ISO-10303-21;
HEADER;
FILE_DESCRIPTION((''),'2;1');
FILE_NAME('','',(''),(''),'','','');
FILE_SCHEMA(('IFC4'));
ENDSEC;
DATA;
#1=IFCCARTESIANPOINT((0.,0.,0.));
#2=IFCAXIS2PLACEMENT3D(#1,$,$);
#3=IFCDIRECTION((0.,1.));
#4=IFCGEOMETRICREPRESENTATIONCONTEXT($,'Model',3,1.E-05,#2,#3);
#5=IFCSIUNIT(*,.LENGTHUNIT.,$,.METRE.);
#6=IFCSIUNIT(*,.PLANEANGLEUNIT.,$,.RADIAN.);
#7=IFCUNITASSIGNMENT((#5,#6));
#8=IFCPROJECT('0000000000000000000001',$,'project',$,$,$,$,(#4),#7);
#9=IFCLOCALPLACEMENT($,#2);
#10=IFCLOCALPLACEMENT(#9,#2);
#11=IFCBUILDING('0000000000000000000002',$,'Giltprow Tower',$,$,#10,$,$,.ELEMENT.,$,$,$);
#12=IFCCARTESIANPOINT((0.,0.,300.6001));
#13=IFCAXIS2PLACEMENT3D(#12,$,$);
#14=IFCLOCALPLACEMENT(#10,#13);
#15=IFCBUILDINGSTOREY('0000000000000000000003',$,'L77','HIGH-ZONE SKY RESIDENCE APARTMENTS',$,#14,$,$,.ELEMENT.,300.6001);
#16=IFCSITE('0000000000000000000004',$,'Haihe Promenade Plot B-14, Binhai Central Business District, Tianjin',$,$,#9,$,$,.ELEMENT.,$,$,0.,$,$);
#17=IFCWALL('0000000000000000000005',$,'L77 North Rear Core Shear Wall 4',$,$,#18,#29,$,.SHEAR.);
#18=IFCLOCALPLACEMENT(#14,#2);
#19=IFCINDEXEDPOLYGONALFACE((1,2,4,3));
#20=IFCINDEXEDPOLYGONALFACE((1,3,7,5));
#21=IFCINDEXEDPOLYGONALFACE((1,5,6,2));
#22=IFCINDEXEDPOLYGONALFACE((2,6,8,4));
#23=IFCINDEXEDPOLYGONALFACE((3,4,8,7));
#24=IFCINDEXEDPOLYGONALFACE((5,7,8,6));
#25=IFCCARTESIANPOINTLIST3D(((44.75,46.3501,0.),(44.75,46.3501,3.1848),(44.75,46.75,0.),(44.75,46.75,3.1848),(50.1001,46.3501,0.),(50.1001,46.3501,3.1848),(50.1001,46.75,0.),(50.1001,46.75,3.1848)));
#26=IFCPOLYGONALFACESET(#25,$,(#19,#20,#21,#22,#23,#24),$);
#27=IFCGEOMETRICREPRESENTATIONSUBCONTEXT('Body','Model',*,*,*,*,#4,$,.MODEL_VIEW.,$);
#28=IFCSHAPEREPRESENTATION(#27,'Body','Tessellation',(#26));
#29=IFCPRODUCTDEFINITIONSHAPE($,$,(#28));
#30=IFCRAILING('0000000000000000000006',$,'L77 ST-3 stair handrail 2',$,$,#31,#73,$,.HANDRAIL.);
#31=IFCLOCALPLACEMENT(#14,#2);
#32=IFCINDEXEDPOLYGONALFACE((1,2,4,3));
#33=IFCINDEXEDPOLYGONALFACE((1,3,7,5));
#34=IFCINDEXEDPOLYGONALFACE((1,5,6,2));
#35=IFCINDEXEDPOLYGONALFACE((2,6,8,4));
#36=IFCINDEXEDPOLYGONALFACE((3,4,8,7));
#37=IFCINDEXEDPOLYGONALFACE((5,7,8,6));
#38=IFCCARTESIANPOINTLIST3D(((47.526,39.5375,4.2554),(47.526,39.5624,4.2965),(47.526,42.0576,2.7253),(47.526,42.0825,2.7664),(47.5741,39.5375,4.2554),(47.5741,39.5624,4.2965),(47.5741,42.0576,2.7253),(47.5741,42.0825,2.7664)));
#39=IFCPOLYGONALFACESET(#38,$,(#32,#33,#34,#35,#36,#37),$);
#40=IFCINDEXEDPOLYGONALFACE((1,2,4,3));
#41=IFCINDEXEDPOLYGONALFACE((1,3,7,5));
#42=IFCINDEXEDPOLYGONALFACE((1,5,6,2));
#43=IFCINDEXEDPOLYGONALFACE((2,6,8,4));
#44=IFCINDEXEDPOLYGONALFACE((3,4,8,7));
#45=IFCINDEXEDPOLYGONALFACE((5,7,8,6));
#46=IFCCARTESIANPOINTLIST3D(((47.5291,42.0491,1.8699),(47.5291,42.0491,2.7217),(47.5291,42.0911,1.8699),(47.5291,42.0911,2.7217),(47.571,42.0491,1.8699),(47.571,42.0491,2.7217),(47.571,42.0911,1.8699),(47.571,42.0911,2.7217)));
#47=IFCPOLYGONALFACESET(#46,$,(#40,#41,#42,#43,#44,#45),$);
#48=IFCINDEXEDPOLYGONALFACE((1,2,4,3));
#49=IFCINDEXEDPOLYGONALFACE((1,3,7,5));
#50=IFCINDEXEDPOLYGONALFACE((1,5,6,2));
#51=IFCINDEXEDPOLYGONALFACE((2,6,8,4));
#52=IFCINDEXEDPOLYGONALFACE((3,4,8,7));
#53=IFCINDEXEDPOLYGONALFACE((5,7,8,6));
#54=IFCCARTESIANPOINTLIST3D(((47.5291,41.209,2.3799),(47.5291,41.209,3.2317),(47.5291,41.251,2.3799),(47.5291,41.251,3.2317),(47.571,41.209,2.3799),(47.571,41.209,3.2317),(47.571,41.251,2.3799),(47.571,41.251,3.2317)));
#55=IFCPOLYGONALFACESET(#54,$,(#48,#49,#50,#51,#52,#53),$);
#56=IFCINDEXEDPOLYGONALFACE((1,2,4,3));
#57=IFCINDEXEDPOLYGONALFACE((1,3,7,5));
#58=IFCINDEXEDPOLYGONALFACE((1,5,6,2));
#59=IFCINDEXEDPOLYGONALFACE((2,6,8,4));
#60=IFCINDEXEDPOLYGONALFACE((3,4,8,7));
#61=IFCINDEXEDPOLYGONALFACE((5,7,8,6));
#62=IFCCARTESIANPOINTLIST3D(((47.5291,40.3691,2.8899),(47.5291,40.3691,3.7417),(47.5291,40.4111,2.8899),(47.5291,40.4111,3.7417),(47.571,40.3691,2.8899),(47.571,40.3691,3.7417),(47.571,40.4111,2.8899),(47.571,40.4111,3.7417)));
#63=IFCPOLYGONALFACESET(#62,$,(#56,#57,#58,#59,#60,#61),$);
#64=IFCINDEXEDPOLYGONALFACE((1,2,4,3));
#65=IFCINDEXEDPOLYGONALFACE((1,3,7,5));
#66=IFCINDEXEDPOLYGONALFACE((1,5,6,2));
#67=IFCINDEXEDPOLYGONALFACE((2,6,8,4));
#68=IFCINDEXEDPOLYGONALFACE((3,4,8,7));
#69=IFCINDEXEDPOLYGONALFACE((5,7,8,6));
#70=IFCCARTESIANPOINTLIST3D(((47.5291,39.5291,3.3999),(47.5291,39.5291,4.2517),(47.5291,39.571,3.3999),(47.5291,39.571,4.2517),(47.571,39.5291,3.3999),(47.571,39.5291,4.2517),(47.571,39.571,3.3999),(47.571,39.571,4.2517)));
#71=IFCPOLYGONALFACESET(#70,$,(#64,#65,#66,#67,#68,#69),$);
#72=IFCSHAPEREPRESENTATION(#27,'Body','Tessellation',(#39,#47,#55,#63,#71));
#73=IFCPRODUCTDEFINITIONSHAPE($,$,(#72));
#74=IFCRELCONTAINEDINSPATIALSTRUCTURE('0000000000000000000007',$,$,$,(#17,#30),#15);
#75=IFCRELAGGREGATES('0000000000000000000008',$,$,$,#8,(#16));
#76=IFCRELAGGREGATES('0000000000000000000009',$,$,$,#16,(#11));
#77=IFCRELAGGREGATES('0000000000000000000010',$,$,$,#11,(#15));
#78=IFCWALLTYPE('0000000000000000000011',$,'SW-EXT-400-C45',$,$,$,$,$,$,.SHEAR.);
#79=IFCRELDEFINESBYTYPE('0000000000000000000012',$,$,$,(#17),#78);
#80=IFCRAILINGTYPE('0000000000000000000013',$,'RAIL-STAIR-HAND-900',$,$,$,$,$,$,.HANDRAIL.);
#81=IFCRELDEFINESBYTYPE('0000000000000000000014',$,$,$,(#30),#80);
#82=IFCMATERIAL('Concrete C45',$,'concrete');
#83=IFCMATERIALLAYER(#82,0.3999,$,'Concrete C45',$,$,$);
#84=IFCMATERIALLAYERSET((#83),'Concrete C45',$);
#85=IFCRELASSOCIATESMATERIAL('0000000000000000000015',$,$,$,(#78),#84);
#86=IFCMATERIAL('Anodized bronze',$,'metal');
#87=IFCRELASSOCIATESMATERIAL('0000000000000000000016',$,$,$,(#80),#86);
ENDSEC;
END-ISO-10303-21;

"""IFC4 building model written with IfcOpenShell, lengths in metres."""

from ifc_helpers import new_model, si_unit, direction, frame, frame_2d, origin, origin_2d, place, context, subcontext, project, spatial, rectangle, extrude, material, layer, layer_set, type_object, element, save


model = new_model("IFC4")

# Units and contexts
model_context = context("Model", 3, precision=1e-05, world=origin(), true_north=direction((0.0, 1.0)))
body_context = subcontext(model_context, "Body", "Model", "MODEL_VIEW")
ifc_project = project(units=[si_unit("LENGTHUNIT", "METRE"), si_unit("PLANEANGLEUNIT", "RADIAN")], contexts=[model_context])

# Site, building, storey
site_placement = place(None, origin())
site = spatial("IfcSite", under=ifc_project, at=site_placement, Name="Haihe Promenade Plot B-14, Binhai Central Business District, Tianjin", CompositionType="ELEMENT", RefElevation=0.0)
building_placement = place(site_placement, origin())
building = spatial("IfcBuilding", under=site, at=building_placement, Name="Giltprow Tower", CompositionType="ELEMENT")
storey_placement = place(building_placement, frame((0.0, 0.0, 300.6001)))
storey = spatial("IfcBuildingStorey", under=building, at=storey_placement, Name="L77", Description="HIGH-ZONE SKY RESIDENCE APARTMENTS", CompositionType="ELEMENT", Elevation=300.6001)

# Shared definitions
ifc_material_1 = material(Name="Concrete C45", Category="concrete")

# Wall
ifc_layer_1 = layer(ifc_material_1, 0.3999, Name="Concrete C45")
ifc_layer_set_1 = layer_set([ifc_layer_1], Name="Concrete C45")
wall_type_1 = type_object("IfcWallType", Name="SW-EXT-400-C45", PredefinedType="SHEAR", material=ifc_layer_set_1)
wall_1_placement = place(storey_placement, frame((44.75, 46.55, 0.0), z_axis=(0.0, 0.0, 1.0), x_axis=(1.0, 0.0, 0.0)))
element("IfcWall", 1, at=wall_1_placement, inside=storey, type_object=wall_type_1, Name="L77 North Rear Core Shear Wall 4", PredefinedType="SHEAR", context=body_context, shape_type="SweptSolid", body=[
    extrude(rectangle(XDim=5.3501, YDim=0.3999, at=frame_2d((2.675, 0.0))), origin(), (0.0, 0.0, 1.0), 3.1848),
])

# Railing
ifc_material_2 = material(Name="Anodized bronze", Category="metal")
railing_type = type_object("IfcRailingType", Name="RAIL-STAIR-HAND-900", PredefinedType="HANDRAIL", material=ifc_material_2)
railing_placement = place(storey_placement, frame((47.55, 42.0701, 1.8699)))
element("IfcRailing", 2, at=railing_placement, inside=storey, type_object=railing_type, Name="L77 ST-3 stair handrail 2", PredefinedType="HANDRAIL", context=body_context, shape_type="SweptSolid", body=[
    extrude(rectangle(XDim=0.0481, YDim=0.0481, at=origin_2d()), frame((0.0, 0.0, 0.876), z_axis=(0.0, -0.854785, 0.518982), x_axis=(1.0, 0.0, 0.0)), (0.0, 0.0, 1.0), 2.9482),
    extrude(rectangle(XDim=0.042, YDim=0.042, at=origin_2d()), origin(), (0.0, 0.0, 1.0), 0.8518),
    extrude(rectangle(XDim=0.042, YDim=0.042, at=origin_2d()), frame((0.0, -0.8401, 0.51)), (0.0, 0.0, 1.0), 0.8518),
    extrude(rectangle(XDim=0.042, YDim=0.042, at=origin_2d()), frame((0.0, -1.6799, 1.02)), (0.0, 0.0, 1.0), 0.8518),
    extrude(rectangle(XDim=0.042, YDim=0.042, at=origin_2d()), frame((0.0, -2.52, 1.53)), (0.0, 0.0, 1.0), 0.8518),
])

save(model, "model.ifc")
